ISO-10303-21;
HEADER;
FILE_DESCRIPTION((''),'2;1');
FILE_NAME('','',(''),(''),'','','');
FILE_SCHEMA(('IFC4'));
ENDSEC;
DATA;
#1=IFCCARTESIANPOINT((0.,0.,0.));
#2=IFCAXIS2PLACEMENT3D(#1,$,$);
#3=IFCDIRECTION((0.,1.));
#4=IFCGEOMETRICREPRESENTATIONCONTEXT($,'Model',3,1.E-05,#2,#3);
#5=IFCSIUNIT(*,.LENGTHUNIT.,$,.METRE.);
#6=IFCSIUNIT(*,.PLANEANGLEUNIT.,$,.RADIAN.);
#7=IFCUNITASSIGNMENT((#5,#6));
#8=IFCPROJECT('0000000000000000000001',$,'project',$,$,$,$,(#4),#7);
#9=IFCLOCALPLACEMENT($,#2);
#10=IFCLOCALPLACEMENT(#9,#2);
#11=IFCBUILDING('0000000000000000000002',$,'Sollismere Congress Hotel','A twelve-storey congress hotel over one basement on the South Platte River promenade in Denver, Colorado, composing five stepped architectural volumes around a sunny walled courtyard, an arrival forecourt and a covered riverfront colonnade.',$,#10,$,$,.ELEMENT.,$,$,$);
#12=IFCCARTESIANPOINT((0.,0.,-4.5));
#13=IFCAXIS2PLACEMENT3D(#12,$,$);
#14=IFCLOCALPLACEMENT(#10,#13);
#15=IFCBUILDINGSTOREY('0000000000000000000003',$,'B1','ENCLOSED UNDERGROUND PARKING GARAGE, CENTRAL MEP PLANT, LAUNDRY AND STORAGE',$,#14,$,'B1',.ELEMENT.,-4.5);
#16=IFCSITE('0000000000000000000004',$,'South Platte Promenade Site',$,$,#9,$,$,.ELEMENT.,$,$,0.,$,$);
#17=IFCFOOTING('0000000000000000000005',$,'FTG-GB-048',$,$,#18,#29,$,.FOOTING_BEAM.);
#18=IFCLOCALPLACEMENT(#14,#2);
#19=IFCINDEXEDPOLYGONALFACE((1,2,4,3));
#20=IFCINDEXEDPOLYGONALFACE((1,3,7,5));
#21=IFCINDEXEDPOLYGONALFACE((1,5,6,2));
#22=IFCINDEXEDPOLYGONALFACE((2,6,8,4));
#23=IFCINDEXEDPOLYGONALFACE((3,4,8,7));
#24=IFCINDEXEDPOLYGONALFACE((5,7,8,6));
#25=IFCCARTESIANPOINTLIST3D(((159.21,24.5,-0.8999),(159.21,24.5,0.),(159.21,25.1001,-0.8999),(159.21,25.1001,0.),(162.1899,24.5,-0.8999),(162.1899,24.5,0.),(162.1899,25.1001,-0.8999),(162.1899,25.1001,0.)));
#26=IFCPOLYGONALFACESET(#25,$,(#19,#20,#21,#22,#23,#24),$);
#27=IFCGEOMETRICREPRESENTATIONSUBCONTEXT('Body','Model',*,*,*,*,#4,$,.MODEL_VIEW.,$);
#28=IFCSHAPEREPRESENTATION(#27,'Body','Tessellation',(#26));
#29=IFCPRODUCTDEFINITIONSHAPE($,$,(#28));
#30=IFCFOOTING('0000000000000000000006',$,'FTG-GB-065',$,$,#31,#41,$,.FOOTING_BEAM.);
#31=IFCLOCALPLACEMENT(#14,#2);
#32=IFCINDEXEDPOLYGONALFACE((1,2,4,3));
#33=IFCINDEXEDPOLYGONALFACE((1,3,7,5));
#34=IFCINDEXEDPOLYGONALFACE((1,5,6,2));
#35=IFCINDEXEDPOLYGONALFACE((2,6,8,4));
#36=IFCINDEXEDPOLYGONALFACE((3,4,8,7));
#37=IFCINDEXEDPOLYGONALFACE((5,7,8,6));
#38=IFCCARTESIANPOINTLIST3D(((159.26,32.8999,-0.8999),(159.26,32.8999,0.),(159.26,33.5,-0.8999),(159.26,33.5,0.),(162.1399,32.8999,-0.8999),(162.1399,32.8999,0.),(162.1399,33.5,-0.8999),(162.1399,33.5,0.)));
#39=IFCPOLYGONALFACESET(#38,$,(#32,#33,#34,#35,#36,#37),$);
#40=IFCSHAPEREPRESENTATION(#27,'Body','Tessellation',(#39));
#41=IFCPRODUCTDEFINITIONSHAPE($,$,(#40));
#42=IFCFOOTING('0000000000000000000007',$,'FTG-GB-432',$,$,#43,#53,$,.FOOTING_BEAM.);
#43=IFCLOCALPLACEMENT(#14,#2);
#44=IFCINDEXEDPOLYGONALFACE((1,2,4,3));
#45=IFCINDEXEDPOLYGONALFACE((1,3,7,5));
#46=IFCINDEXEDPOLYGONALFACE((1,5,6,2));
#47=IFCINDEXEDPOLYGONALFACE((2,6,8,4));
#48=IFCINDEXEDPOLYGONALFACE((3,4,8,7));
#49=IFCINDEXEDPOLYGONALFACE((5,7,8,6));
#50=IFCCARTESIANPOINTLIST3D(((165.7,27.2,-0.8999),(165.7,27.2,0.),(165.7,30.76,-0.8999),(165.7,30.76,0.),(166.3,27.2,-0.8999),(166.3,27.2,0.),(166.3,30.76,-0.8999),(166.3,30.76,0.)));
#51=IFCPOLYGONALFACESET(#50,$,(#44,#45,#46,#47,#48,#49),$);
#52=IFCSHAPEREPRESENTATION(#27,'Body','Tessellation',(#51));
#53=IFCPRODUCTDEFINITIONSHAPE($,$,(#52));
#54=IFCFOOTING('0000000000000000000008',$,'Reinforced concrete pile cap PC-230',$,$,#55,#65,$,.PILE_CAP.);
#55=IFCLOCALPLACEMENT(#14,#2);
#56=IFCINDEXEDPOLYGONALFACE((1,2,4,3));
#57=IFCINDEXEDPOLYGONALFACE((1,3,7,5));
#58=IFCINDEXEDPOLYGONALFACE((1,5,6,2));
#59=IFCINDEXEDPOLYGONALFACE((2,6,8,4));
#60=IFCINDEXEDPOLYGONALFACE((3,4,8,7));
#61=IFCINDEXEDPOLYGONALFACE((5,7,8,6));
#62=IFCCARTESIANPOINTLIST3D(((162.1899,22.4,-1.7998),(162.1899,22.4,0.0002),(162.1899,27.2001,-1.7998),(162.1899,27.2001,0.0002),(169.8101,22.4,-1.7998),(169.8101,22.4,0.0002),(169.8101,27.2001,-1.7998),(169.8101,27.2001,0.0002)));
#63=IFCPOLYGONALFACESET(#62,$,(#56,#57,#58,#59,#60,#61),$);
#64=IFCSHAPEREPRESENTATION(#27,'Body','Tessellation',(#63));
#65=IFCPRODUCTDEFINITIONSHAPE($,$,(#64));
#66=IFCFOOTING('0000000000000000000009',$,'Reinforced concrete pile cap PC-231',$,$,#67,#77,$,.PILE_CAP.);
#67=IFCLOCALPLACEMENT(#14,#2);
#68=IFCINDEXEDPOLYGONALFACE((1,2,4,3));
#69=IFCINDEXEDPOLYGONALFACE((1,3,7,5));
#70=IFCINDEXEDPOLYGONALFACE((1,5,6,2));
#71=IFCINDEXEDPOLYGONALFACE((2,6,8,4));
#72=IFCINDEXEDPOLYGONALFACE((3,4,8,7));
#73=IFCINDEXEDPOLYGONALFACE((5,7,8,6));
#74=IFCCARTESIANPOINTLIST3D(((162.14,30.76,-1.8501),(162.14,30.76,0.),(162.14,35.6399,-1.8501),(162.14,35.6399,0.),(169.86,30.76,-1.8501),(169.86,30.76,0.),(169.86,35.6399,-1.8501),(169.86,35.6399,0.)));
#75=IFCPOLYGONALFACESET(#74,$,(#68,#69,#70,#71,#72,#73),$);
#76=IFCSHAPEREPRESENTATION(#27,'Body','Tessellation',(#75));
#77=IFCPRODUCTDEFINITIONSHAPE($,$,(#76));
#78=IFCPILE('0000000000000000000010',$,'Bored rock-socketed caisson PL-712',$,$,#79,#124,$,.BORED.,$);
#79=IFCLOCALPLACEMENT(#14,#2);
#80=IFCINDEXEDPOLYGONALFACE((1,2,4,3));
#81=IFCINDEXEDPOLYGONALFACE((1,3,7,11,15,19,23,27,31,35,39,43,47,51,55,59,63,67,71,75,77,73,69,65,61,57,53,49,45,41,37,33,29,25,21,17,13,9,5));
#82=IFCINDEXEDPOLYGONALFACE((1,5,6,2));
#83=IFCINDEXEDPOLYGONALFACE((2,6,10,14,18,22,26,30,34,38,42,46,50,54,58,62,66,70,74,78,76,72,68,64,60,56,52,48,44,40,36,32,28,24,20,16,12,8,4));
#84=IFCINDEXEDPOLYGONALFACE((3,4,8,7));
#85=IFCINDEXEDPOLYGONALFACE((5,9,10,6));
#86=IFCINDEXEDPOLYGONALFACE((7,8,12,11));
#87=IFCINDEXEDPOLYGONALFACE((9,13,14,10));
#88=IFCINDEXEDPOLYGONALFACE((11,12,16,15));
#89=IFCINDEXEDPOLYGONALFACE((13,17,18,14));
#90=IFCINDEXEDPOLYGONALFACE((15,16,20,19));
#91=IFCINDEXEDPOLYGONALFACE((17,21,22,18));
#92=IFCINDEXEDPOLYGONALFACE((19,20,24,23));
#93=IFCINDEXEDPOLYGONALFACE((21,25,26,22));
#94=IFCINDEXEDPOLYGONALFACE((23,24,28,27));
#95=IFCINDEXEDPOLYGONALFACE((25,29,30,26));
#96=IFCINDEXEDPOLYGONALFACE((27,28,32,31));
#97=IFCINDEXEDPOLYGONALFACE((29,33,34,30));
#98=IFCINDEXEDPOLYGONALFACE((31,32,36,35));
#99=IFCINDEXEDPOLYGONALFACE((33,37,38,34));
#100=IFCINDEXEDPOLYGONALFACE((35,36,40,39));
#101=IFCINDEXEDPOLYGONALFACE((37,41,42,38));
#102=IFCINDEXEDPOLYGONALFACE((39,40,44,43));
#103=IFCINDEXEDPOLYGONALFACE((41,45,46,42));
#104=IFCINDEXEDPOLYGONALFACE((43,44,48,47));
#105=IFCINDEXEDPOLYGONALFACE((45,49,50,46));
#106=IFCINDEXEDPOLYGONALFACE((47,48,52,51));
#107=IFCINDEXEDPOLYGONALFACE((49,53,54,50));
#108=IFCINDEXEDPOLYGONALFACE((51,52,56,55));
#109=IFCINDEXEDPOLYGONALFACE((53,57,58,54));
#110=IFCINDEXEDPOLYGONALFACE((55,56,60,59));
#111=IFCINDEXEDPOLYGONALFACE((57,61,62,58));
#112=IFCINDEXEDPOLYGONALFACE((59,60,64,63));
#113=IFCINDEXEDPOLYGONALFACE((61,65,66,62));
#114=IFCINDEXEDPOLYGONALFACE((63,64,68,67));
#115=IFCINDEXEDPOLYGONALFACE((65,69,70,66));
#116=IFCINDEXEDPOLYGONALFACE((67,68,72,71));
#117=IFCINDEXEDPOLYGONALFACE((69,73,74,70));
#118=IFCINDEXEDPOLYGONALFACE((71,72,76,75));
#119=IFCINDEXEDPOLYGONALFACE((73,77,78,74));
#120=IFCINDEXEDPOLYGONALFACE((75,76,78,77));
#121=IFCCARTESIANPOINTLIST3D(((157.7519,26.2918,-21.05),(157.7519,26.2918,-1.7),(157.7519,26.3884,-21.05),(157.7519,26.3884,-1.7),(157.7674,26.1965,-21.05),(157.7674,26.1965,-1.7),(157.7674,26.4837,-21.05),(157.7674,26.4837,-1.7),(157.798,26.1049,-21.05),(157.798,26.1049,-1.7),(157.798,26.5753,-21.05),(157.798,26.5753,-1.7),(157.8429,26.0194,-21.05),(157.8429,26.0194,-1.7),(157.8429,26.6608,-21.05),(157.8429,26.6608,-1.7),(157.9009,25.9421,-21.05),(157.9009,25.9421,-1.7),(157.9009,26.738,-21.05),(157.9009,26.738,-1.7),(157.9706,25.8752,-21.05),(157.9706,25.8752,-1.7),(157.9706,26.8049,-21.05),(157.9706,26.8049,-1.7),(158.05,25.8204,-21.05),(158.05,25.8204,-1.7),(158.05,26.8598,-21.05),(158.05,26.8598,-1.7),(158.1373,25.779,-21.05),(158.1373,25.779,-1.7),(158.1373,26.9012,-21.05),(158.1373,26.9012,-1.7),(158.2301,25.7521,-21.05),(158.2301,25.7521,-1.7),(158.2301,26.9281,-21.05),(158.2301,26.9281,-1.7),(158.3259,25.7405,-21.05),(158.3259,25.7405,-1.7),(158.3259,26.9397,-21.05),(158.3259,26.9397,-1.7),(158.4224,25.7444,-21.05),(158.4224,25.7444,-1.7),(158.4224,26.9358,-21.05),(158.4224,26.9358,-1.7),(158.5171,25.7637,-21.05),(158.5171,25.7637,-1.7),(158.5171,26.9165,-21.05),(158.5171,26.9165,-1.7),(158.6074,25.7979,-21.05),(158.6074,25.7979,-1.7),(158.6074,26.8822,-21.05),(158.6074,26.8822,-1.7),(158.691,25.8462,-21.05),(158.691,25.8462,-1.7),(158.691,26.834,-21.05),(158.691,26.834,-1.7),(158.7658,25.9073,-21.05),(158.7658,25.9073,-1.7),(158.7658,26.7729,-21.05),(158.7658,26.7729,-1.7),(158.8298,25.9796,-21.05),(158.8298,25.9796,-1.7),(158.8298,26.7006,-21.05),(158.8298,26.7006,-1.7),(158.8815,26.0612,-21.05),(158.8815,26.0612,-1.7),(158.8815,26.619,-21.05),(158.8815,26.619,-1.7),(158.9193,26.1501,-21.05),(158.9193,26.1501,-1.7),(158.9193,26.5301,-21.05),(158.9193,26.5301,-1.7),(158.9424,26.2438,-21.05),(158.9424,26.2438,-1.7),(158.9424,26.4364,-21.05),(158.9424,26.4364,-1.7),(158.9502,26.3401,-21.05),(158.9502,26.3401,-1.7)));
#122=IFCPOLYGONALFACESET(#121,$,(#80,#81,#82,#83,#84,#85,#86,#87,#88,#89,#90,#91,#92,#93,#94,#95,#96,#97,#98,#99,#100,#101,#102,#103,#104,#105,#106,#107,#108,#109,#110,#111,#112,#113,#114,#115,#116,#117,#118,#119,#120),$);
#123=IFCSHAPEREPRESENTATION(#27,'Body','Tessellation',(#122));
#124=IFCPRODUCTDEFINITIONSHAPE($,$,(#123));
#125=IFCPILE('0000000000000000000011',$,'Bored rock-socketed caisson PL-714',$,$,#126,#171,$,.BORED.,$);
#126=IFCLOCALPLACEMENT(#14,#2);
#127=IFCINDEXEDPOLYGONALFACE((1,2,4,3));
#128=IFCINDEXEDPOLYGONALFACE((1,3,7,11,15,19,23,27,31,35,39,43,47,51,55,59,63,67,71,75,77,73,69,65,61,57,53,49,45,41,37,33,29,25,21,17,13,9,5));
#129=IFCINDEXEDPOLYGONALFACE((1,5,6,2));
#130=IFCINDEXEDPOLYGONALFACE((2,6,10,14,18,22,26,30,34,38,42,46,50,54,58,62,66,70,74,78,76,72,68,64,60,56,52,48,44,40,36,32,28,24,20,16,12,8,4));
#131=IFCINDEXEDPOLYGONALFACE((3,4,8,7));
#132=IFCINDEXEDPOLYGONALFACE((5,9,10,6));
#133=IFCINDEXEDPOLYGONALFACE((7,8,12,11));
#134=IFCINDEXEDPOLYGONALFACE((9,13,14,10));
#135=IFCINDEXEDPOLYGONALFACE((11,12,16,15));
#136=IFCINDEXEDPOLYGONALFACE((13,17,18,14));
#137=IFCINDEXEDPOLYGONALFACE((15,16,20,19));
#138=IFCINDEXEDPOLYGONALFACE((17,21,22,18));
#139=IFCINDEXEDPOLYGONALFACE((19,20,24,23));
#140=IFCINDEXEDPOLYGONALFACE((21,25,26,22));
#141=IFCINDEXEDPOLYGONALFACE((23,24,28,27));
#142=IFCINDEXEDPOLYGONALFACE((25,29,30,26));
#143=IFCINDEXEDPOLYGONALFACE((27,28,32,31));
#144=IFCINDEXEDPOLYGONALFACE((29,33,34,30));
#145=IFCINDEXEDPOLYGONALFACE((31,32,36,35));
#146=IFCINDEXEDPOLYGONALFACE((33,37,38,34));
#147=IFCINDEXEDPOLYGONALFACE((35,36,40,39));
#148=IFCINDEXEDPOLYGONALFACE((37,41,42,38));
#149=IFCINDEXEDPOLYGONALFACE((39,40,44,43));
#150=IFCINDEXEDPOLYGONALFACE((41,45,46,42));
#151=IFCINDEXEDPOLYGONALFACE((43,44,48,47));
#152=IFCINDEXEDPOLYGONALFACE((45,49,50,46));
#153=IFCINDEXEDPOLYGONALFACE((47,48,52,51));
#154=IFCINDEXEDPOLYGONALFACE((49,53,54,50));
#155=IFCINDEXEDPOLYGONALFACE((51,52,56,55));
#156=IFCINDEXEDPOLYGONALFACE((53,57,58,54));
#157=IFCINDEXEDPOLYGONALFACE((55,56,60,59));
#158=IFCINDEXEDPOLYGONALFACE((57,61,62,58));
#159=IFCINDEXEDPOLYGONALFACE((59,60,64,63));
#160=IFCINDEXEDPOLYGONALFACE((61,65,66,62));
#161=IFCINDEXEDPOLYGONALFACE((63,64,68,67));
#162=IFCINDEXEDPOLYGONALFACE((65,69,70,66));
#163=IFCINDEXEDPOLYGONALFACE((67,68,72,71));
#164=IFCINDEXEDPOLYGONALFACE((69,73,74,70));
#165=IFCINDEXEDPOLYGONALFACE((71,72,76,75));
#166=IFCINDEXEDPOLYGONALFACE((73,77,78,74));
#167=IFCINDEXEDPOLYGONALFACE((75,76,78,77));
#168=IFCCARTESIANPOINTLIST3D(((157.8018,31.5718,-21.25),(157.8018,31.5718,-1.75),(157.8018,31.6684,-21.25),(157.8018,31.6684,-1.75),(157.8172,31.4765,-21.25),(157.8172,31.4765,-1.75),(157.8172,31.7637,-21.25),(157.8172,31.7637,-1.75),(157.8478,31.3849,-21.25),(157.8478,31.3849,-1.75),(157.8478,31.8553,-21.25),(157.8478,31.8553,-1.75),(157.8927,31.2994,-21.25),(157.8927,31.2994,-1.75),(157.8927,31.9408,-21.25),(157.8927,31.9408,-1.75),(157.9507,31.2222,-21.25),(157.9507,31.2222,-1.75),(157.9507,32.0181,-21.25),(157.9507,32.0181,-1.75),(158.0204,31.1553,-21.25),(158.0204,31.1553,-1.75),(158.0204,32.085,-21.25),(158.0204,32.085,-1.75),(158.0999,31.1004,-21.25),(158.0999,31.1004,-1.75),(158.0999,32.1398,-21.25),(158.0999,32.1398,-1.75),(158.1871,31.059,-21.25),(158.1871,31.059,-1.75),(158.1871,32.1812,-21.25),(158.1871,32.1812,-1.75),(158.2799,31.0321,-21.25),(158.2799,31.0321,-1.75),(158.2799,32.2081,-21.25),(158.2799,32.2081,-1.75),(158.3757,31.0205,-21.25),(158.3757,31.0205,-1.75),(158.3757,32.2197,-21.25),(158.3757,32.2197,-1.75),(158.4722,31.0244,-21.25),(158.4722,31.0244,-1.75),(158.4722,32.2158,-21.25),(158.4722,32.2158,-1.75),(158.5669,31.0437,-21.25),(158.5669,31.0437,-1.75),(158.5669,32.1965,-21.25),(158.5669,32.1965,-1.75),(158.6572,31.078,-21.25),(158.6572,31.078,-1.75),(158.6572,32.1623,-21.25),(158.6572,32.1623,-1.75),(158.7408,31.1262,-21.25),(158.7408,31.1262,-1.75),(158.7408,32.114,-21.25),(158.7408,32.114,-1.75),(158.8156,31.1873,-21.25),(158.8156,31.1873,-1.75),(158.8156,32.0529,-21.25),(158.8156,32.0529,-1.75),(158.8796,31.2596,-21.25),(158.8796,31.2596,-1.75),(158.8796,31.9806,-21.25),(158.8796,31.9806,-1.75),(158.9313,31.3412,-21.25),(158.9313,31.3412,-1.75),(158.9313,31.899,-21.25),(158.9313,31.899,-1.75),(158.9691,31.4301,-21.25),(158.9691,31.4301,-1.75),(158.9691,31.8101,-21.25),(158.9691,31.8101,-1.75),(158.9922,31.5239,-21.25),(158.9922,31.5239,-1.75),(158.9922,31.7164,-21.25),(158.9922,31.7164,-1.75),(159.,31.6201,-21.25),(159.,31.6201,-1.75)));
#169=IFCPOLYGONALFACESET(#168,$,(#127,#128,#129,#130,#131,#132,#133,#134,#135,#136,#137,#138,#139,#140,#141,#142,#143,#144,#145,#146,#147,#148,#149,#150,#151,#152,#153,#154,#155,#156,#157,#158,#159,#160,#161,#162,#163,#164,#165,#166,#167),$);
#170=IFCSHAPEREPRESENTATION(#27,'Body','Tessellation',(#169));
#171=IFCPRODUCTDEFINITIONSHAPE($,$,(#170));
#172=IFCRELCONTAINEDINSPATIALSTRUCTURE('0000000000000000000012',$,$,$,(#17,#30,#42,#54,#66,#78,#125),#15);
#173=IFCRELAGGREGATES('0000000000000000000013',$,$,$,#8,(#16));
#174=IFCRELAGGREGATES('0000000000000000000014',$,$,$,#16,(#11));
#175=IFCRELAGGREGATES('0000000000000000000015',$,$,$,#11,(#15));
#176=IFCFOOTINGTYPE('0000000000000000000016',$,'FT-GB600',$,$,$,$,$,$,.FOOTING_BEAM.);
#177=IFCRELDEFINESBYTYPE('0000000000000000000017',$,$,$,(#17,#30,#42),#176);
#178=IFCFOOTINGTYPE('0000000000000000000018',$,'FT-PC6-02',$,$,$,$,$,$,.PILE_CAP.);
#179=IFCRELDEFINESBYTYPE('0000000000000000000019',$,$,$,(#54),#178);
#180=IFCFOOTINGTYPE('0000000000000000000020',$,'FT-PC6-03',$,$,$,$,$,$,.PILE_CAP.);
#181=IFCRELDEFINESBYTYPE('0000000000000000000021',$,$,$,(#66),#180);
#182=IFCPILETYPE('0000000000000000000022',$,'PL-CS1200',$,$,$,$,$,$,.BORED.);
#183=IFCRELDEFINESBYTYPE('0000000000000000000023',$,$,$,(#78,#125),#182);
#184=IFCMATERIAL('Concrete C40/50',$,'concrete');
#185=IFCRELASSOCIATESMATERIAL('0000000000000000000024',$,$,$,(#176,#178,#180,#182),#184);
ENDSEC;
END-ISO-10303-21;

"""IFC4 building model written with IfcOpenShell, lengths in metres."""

from ifc_helpers import new_model, si_unit, direction, frame, origin, origin_2d, place, context, subcontext, project, spatial, rectangle, circle, extrude, material, material_profile, profile_set, type_object, element, save


model = new_model("IFC4")

# Units and contexts
model_context = context("Model", 3, precision=1e-05, world=origin(), true_north=direction((0.0, 1.0)))
body_context = subcontext(model_context, "Body", "Model", "MODEL_VIEW")
ifc_project = project(units=[si_unit("LENGTHUNIT", "METRE"), si_unit("PLANEANGLEUNIT", "RADIAN")], contexts=[model_context])

# Site, building, storey
site_placement = place(None, origin())
site = spatial("IfcSite", under=ifc_project, at=site_placement, Name="South Platte Promenade Site", CompositionType="ELEMENT", RefElevation=0.0)
building_placement = place(site_placement, origin())
building = spatial("IfcBuilding", under=site, at=building_placement, Name="Sollismere Congress Hotel", Description="A twelve-storey congress hotel over one basement on the South Platte River promenade in Denver, Colorado, composing five stepped architectural volumes around a sunny walled courtyard, an arrival forecourt and a covered riverfront colonnade.", CompositionType="ELEMENT")
storey_placement = place(building_placement, frame((0.0, 0.0, -4.5)))
storey = spatial("IfcBuildingStorey", under=building, at=storey_placement, Name="B1", Description="ENCLOSED UNDERGROUND PARKING GARAGE, CENTRAL MEP PLANT, LAUNDRY AND STORAGE", LongName="B1", CompositionType="ELEMENT", Elevation=-4.5)

# Footings
ifc_material_1 = material(Name="Concrete C40/50", Category="concrete")
footing_type_1 = type_object("IfcFootingType", Name="FT-GB600", PredefinedType="FOOTING_BEAM", material=ifc_material_1)
footing_1_placement = place(storey_placement, frame((160.7, 24.8, -0.8999), z_axis=(0.0, 0.0, 1.0), x_axis=(1.0, 0.0, 0.0)))
element("IfcFooting", 1, at=footing_1_placement, inside=storey, type_object=footing_type_1, Name="FTG-GB-048", PredefinedType="FOOTING_BEAM", context=body_context, shape_type="SweptSolid", body=[
    extrude(rectangle(XDim=2.98, YDim=0.6001, at=origin_2d()), origin(), (0.0, 0.0, 1.0), 0.8999),
])
footing_2_placement = place(storey_placement, frame((160.7, 33.2, -0.8999), z_axis=(0.0, 0.0, 1.0), x_axis=(1.0, 0.0, 0.0)))
element("IfcFooting", 2, at=footing_2_placement, inside=storey, type_object=footing_type_1, Name="FTG-GB-065", PredefinedType="FOOTING_BEAM", context=body_context, shape_type="SweptSolid", body=[
    extrude(rectangle(XDim=2.8799, YDim=0.6001, at=origin_2d()), origin(), (0.0, 0.0, 1.0), 0.8999),
])
footing_3_placement = place(storey_placement, frame((166.0, 28.98, -0.8999), z_axis=(0.0, 0.0, 1.0), x_axis=(0.0, 1.0, 0.0)))
element("IfcFooting", 3, at=footing_3_placement, inside=storey, type_object=footing_type_1, Name="FTG-GB-432", PredefinedType="FOOTING_BEAM", context=body_context, shape_type="SweptSolid", body=[
    extrude(rectangle(XDim=3.5601, YDim=0.6001, at=origin_2d()), origin(), (0.0, 0.0, 1.0), 0.8999),
])
footing_type_2 = type_object("IfcFootingType", Name="FT-PC6-02", PredefinedType="PILE_CAP", material=ifc_material_1)
footing_4_placement = place(storey_placement, frame((166.0, 24.8, -1.7998), z_axis=(0.0, 0.0, 1.0), x_axis=(1.0, 0.0, 0.0)))
element("IfcFooting", 4, at=footing_4_placement, inside=storey, type_object=footing_type_2, Name="Reinforced concrete pile cap PC-230", PredefinedType="PILE_CAP", context=body_context, shape_type="SweptSolid", body=[
    extrude(rectangle(XDim=7.6201, YDim=4.8, at=origin_2d()), origin(), (0.0, 0.0, 1.0), 1.8),
])
footing_type_3 = type_object("IfcFootingType", Name="FT-PC6-03", PredefinedType="PILE_CAP", material=ifc_material_1)
footing_5_placement = place(storey_placement, frame((166.0, 33.2, -1.8501), z_axis=(0.0, 0.0, 1.0), x_axis=(1.0, 0.0, 0.0)))
element("IfcFooting", 5, at=footing_5_placement, inside=storey, type_object=footing_type_3, Name="Reinforced concrete pile cap PC-231", PredefinedType="PILE_CAP", context=body_context, shape_type="SweptSolid", body=[
    extrude(rectangle(XDim=7.72, YDim=4.8799, at=origin_2d()), origin(), (0.0, 0.0, 1.0), 1.8501),
])

# Piles
ifc_material_profile_1 = material_profile(ifc_material_1, circle(Radius=0.6001, at=origin_2d()), Name="CAISSON1200")
ifc_profile_set_1 = profile_set([ifc_material_profile_1], Name="Concrete C40/50")
pile_type = type_object("IfcPileType", Name="PL-CS1200", PredefinedType="BORED", material=ifc_profile_set_1)
pile_placement = place(storey_placement, frame((158.3501, 26.3401, -1.7), z_axis=(0.0, 0.0, -1.0), x_axis=(1.0, 0.0, 0.0)))
element("IfcPile", 6, at=pile_placement, inside=storey, type_object=pile_type, Name="Bored rock-socketed caisson PL-712", PredefinedType="BORED", context=body_context, shape_type="SweptSolid", body=[
    extrude(circle(Radius=0.6001, at=origin_2d()), origin(), (0.0, 0.0, 1.0), 19.3501),
])
for number, where, z_axis, x_axis, name in (
    (7, (158.3999, 31.6201, -1.75), (0.0, 0.0, -1.0), (1.0, 0.0, 0.0), "Bored rock-socketed caisson PL-714"),
):
    element("IfcPile", number, at=place(storey_placement, frame(where, z_axis=z_axis, x_axis=x_axis)), inside=storey, type_object=pile_type, Name=name, PredefinedType="BORED", context=body_context, shape_type="SweptSolid", body=[
        extrude(circle(Radius=0.6001, at=origin_2d()), origin(), (0.0, 0.0, 1.0), 19.5),
    ])

save(model, "model.ifc")
